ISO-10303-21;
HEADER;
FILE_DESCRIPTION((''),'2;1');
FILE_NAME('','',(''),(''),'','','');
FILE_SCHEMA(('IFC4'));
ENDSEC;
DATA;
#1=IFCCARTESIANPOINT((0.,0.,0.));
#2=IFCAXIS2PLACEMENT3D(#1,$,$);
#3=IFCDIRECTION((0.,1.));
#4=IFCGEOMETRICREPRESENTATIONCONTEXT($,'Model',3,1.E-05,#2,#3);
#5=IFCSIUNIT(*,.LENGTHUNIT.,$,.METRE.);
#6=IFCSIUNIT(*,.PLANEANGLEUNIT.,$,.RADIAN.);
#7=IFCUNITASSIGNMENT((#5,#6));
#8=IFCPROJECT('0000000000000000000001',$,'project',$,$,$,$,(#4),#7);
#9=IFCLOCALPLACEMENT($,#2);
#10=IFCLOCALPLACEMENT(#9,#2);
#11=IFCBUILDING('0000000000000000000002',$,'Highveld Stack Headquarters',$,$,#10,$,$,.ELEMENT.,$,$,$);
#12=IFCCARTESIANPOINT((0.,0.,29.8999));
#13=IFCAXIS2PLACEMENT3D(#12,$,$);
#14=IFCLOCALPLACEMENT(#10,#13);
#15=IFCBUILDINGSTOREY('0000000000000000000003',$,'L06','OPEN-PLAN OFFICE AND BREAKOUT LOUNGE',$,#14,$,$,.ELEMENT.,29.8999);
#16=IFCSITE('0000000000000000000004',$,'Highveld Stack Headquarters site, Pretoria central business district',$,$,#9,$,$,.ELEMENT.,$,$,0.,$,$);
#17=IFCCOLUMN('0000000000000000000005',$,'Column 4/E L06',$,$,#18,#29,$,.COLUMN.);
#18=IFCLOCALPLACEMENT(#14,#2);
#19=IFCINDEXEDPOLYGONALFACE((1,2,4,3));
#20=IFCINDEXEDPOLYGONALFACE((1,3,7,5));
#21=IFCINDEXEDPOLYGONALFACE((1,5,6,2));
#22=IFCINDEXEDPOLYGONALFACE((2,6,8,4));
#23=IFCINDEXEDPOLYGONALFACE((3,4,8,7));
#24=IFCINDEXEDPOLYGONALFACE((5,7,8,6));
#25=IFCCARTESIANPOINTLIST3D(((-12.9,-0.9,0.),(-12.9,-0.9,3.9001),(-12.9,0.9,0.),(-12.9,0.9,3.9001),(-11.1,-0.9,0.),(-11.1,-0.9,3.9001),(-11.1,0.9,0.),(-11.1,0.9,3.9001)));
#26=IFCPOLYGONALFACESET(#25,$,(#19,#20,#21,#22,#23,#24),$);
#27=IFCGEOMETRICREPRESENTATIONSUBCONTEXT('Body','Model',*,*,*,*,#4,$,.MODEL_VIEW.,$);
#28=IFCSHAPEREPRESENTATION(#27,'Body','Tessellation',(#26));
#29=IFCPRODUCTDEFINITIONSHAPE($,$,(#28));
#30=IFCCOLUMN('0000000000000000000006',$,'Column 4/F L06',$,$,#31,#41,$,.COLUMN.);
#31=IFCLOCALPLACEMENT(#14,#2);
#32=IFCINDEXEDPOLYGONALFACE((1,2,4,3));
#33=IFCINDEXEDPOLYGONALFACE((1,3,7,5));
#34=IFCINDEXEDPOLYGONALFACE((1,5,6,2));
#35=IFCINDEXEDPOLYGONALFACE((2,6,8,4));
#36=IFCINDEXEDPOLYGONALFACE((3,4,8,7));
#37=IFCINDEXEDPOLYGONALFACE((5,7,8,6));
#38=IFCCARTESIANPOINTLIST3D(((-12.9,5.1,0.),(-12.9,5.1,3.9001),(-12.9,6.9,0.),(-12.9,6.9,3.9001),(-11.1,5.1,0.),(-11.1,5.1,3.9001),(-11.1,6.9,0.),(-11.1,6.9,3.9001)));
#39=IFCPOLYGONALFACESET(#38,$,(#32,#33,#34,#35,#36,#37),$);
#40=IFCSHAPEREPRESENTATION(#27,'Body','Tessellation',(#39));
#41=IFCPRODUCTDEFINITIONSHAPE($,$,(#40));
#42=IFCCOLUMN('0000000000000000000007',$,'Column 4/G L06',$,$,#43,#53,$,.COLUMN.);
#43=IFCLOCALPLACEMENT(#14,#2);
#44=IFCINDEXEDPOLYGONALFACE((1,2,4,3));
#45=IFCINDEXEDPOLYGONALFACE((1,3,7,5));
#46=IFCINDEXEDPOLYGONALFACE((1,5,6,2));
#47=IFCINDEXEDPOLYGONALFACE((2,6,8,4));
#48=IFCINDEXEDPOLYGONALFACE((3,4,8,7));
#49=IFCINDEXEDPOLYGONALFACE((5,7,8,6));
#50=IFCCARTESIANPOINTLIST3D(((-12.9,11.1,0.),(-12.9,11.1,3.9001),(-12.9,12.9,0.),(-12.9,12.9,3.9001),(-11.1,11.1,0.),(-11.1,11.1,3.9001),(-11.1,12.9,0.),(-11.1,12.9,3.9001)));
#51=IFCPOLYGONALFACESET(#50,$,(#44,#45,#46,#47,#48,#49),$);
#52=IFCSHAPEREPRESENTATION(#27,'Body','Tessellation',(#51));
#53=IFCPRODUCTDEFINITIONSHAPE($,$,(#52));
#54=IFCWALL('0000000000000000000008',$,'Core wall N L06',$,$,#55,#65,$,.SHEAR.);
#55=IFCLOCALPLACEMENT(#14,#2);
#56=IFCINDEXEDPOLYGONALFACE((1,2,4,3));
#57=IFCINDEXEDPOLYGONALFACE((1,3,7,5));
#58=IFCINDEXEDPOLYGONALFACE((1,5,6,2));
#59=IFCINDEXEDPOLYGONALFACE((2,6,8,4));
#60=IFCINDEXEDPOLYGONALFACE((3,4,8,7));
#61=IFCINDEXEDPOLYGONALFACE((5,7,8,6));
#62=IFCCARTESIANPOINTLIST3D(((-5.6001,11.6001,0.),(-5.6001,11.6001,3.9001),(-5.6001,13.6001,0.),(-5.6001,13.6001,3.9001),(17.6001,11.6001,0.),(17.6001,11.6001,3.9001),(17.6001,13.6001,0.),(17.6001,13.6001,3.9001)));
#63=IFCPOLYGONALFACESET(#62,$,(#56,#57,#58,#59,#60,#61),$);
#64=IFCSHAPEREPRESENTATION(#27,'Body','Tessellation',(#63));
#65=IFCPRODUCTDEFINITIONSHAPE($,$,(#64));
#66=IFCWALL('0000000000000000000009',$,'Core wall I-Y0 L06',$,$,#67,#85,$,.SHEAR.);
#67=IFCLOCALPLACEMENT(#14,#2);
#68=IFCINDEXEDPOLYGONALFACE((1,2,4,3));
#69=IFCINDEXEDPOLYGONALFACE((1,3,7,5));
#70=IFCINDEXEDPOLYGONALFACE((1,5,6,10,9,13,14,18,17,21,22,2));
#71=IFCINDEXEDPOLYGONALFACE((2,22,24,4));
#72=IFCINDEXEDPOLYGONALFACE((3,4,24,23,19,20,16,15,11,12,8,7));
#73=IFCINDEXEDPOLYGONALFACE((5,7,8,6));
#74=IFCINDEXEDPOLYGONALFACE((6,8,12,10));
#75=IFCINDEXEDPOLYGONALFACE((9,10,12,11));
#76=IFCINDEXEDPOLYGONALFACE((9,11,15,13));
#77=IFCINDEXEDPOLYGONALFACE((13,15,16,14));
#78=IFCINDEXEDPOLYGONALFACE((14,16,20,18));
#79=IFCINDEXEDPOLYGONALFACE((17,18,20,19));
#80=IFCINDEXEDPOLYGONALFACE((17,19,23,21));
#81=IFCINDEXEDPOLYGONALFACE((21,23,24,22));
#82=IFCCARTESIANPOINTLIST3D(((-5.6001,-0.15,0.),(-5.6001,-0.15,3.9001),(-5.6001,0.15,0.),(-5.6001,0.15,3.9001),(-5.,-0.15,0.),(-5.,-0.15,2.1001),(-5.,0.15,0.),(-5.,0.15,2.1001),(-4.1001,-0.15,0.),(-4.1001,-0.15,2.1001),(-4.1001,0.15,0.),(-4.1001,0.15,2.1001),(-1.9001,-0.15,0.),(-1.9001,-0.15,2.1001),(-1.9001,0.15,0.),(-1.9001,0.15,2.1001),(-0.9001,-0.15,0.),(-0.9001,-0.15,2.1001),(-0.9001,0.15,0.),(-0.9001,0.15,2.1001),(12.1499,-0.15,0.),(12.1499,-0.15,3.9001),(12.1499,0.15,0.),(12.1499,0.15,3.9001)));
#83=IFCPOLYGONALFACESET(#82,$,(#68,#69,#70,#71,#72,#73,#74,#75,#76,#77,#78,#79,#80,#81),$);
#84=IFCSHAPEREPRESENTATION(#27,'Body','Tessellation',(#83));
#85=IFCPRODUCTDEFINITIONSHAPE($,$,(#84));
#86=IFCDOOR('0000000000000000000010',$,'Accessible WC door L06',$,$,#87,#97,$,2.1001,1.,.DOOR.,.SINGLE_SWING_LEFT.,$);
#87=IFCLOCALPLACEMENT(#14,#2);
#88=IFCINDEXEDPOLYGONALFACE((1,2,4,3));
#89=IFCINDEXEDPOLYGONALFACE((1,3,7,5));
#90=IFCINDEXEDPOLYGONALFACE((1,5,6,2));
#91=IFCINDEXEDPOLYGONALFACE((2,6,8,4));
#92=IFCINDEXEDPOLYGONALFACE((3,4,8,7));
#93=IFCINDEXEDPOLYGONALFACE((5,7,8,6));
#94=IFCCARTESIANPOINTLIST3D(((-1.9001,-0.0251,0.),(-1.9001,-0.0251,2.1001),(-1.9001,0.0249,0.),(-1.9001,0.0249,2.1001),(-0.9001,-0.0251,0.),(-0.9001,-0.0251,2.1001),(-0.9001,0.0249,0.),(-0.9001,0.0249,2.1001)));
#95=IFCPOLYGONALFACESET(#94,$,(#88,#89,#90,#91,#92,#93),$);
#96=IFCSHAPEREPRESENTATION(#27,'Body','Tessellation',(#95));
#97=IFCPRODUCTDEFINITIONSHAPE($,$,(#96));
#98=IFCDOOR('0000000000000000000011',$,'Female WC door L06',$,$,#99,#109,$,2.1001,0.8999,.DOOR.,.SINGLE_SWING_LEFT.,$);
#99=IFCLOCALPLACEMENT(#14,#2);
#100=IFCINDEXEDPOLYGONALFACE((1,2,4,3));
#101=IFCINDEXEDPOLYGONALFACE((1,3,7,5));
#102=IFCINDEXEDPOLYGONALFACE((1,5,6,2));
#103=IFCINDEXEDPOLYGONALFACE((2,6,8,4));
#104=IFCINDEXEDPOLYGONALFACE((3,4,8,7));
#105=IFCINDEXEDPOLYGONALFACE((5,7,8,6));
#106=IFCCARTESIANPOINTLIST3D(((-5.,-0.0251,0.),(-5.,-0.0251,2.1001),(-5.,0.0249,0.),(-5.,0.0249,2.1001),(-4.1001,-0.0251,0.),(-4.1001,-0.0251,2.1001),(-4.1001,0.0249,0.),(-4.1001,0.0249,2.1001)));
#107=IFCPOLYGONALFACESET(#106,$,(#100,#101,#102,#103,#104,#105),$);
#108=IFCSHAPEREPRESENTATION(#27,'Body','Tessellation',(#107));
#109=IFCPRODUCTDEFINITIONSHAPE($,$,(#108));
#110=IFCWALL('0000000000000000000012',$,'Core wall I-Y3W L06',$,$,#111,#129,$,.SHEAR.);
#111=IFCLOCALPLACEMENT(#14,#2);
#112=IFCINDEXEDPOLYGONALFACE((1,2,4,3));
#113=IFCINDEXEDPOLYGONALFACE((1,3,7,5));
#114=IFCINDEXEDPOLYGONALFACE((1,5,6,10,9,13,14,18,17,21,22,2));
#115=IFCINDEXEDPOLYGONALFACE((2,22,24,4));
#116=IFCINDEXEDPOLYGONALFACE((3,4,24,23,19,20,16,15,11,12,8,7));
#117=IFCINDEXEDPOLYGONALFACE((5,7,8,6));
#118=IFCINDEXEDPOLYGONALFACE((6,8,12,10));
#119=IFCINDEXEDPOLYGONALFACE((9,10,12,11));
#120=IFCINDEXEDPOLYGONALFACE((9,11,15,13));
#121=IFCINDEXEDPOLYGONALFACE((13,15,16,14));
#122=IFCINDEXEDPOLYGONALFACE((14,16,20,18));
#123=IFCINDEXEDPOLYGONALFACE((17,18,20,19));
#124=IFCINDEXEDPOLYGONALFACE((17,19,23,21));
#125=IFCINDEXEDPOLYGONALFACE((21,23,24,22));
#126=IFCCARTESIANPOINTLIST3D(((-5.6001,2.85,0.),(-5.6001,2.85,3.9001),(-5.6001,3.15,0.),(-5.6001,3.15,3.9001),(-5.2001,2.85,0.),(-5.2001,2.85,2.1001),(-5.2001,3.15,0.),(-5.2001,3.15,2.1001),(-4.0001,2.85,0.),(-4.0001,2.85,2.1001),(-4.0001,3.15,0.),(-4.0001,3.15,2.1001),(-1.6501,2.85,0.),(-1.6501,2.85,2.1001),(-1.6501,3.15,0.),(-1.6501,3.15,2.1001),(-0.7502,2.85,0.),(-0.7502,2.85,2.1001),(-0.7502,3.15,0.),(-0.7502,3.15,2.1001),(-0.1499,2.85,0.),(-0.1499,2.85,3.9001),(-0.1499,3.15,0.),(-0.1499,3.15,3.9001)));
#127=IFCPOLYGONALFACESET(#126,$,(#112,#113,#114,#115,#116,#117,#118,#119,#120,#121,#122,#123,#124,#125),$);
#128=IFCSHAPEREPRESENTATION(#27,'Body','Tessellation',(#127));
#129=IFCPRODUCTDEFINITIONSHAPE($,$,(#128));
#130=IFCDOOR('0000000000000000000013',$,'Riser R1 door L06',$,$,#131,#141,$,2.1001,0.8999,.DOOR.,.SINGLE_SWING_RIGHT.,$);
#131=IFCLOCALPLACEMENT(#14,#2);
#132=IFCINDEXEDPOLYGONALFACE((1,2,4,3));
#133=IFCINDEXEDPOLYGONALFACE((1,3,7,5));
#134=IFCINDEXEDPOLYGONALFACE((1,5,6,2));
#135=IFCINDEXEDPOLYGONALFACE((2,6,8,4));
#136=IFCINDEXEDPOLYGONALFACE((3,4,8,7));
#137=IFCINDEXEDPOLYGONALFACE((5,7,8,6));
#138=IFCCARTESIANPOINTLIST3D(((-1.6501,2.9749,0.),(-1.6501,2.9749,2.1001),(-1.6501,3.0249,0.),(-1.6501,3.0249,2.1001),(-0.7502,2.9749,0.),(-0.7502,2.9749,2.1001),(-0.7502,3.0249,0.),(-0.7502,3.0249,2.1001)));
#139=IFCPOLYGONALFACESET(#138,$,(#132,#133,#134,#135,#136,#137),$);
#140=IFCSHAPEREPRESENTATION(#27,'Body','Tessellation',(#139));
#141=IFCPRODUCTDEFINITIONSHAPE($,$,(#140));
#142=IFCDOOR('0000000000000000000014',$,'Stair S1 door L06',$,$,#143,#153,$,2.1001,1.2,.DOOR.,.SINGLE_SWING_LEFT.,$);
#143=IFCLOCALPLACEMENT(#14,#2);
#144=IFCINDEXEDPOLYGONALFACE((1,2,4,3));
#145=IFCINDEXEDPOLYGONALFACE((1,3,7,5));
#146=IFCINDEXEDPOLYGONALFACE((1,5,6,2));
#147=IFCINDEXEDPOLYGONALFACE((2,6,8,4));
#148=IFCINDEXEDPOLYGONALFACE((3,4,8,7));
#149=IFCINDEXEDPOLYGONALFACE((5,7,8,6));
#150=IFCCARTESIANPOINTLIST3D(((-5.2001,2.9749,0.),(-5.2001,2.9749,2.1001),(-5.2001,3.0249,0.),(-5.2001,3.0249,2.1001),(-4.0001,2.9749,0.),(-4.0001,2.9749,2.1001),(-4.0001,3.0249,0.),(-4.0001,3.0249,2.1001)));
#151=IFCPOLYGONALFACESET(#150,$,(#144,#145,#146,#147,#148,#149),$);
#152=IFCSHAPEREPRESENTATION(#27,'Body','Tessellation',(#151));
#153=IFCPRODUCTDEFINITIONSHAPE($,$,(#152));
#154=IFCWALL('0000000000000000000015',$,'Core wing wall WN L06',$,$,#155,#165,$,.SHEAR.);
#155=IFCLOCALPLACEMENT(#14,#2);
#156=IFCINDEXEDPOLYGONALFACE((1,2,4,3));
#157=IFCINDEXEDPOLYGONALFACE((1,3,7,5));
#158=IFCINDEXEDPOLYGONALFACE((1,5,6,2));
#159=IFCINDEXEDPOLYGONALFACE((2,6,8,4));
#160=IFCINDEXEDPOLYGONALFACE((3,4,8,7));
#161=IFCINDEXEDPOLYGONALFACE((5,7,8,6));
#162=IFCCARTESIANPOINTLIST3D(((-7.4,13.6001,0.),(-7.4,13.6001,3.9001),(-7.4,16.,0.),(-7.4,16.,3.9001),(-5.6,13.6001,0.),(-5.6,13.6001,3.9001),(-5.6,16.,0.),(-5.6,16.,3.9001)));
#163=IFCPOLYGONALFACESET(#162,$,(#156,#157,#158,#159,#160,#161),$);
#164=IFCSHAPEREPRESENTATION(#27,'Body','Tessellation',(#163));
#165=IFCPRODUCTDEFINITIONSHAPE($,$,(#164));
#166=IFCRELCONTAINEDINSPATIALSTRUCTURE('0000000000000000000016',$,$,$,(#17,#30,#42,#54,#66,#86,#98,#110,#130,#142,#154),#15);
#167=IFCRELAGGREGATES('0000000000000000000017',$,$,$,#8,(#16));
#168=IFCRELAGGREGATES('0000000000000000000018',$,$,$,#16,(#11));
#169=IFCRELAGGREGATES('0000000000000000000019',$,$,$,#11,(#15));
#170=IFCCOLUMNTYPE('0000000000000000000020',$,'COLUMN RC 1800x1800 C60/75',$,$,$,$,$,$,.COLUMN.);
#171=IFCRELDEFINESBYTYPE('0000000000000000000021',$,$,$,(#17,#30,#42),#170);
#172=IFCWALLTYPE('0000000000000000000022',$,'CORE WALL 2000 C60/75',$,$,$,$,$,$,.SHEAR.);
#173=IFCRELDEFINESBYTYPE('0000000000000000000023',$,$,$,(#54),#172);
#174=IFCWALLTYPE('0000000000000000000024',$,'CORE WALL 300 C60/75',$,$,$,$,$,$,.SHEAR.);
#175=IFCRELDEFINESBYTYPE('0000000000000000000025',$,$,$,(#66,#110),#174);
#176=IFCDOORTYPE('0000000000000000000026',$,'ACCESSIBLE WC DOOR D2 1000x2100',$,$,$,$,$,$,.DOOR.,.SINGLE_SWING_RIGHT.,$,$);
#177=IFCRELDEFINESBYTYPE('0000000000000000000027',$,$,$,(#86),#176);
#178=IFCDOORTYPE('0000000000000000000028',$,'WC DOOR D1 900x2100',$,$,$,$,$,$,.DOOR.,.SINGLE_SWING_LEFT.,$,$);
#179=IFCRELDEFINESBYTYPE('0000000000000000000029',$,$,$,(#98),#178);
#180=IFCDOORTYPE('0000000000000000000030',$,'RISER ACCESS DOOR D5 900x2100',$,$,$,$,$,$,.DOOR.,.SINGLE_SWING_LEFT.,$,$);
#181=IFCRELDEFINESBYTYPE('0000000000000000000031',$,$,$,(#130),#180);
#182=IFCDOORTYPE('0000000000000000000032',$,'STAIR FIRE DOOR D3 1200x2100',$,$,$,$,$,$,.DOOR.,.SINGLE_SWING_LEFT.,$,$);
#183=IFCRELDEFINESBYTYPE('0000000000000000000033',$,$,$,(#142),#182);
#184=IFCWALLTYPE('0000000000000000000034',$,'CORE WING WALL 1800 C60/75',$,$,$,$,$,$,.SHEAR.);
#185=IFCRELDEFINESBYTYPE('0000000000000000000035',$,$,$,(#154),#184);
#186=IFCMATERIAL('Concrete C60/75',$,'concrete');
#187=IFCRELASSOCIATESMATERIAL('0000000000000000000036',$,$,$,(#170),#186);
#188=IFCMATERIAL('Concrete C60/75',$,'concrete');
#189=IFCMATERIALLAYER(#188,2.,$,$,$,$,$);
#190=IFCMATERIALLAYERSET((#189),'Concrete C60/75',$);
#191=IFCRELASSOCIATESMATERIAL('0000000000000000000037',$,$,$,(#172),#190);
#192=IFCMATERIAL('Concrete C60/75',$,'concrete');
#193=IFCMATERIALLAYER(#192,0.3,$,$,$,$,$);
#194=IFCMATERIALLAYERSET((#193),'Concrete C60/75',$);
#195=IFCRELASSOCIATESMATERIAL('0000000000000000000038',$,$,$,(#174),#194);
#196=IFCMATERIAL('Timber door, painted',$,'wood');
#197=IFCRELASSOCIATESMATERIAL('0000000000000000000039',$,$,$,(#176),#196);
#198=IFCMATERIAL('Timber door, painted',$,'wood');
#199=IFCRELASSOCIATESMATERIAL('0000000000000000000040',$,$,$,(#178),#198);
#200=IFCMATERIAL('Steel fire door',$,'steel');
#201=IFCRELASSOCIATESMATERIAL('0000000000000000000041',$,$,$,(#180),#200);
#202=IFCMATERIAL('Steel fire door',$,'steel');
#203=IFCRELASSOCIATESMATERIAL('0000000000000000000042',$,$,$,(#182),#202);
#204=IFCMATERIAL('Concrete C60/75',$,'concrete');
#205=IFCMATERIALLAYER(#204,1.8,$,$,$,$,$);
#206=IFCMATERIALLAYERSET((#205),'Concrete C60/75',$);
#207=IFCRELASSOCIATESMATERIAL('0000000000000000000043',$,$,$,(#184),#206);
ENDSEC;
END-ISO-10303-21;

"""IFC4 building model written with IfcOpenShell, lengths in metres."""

from ifc_helpers import new_model, si_unit, direction, frame, frame_2d, origin, origin_2d, place, context, subcontext, project, spatial, rectangle, extrude, material, layer, layer_set, material_profile, profile_set, type_object, element, fill, save


model = new_model("IFC4")

# Units and contexts
model_context = context("Model", 3, precision=1e-05, world=origin(), true_north=direction((0.0, 1.0)))
body_context = subcontext(model_context, "Body", "Model", "MODEL_VIEW")
ifc_project = project(units=[si_unit("LENGTHUNIT", "METRE"), si_unit("PLANEANGLEUNIT", "RADIAN")], contexts=[model_context])

# Site, building, storey
site_placement = place(None, origin())
site = spatial("IfcSite", under=ifc_project, at=site_placement, Name="Highveld Stack Headquarters site, Pretoria central business district", CompositionType="ELEMENT", RefElevation=0.0)
building_placement = place(site_placement, origin())
building = spatial("IfcBuilding", under=site, at=building_placement, Name="Highveld Stack Headquarters", CompositionType="ELEMENT")
storey_placement = place(building_placement, frame((0.0, 0.0, 29.8999)))
storey = spatial("IfcBuildingStorey", under=building, at=storey_placement, Name="L06", Description="OPEN-PLAN OFFICE AND BREAKOUT LOUNGE", CompositionType="ELEMENT", Elevation=29.8999)

# Columns
ifc_material_1 = material(Name="Concrete C60/75", Category="concrete")
ifc_material_profile = material_profile(ifc_material_1, rectangle(XDim=1.8, YDim=1.8, at=origin_2d()), Name="RC 1800x1800")
ifc_profile_set = profile_set([ifc_material_profile], Name="Concrete C60/75")
column_type = type_object("IfcColumnType", Name="COLUMN RC 1800x1800 C60/75", PredefinedType="COLUMN", material=ifc_profile_set)
for number, where, z_axis, x_axis, name in (
    (1, (-12.0, 0.0, 0.0), (0.0, 0.0, 1.0), (1.0, 0.0, 0.0), "Column 4/E L06"),
    (2, (-12.0, 6.0, 0.0), (0.0, 0.0, 1.0), (1.0, 0.0, 0.0), "Column 4/F L06"),
    (3, (-12.0, 12.0, 0.0), (0.0, 0.0, 1.0), (1.0, 0.0, 0.0), "Column 4/G L06"),
):
    element("IfcColumn", number, at=place(storey_placement, frame(where, z_axis=z_axis, x_axis=x_axis)), inside=storey, type_object=column_type, Name=name, PredefinedType="COLUMN", context=body_context, shape_type="SweptSolid", body=[
        extrude(rectangle(XDim=1.8, YDim=1.8, at=origin_2d()), origin(), (0.0, 0.0, 1.0), 3.9001),
    ])

# Wall
ifc_material_2 = material(Name="Concrete C60/75", Category="concrete")
ifc_layer_1 = layer(ifc_material_2, 2.0)
ifc_layer_set_1 = layer_set([ifc_layer_1], Name="Concrete C60/75")
wall_type_1 = type_object("IfcWallType", Name="CORE WALL 2000 C60/75", PredefinedType="SHEAR", material=ifc_layer_set_1)
wall_1_placement = place(storey_placement, frame((-5.6001, 12.6001, 0.0), z_axis=(0.0, 0.0, 1.0), x_axis=(1.0, 0.0, 0.0)))
element("IfcWall", 4, at=wall_1_placement, inside=storey, type_object=wall_type_1, Name="Core wall N L06", PredefinedType="SHEAR", context=body_context, shape_type="SweptSolid", body=[
    extrude(rectangle(XDim=23.2002, YDim=2.0, at=frame_2d((11.6001, 0.0))), origin(), (0.0, 0.0, 1.0), 3.9001),
])

# Walls, openings, doors
ifc_material_3 = material(Name="Concrete C60/75", Category="concrete")
ifc_layer_2 = layer(ifc_material_3, 0.3)
ifc_layer_set_2 = layer_set([ifc_layer_2], Name="Concrete C60/75")
wall_type_2 = type_object("IfcWallType", Name="CORE WALL 300 C60/75", PredefinedType="SHEAR", material=ifc_layer_set_2)
wall_2_placement = place(storey_placement, frame((-5.6001, 0.0, 0.0), z_axis=(0.0, 0.0, 1.0), x_axis=(1.0, 0.0, 0.0)))
wall_2 = element("IfcWall", 5, at=wall_2_placement, inside=storey, type_object=wall_type_2, Name="Core wall I-Y0 L06", PredefinedType="SHEAR", context=body_context, shape_type="SweptSolid", body=[
    extrude(rectangle(XDim=17.75, YDim=0.3, at=frame_2d((8.875, 0.0))), origin(), (0.0, 0.0, 1.0), 3.9001),
])
opening_1_placement = place(wall_2_placement, frame((0.6001, 0.0, 0.0)))
opening_1 = element("IfcOpeningElement", 6, at=opening_1_placement, cuts=wall_2, PredefinedType="OPENING", context=body_context, shape_type="SweptSolid", body=[
    extrude(rectangle(XDim=0.8999, YDim=2.1001, at=frame_2d((0.45, 1.05))), frame((0.0, 0.1599, 0.0), z_axis=(0.0, -1.0, 0.0), x_axis=(1.0, 0.0, 0.0)), (0.0, 0.0, 1.0), 0.3201),
])
opening_2_placement = place(wall_2_placement, frame((3.7, 0.0, 0.0)))
opening_2 = element("IfcOpeningElement", 7, at=opening_2_placement, cuts=wall_2, PredefinedType="OPENING", context=body_context, shape_type="SweptSolid", body=[
    extrude(rectangle(XDim=1.0, YDim=2.1001, at=frame_2d((0.5, 1.05))), frame((0.0, 0.1599, 0.0), z_axis=(0.0, -1.0, 0.0), x_axis=(1.0, 0.0, 0.0)), (0.0, 0.0, 1.0), 0.3201),
])
ifc_material_4 = material(Name="Timber door, painted", Category="wood")
door_type_1 = type_object("IfcDoorType", Name="ACCESSIBLE WC DOOR D2 1000x2100", OperationType="SINGLE_SWING_RIGHT", PredefinedType="DOOR", material=ifc_material_4)
door_1_placement = place(opening_2_placement, origin())
door_1 = element("IfcDoor", 8, at=door_1_placement, inside=storey, type_object=door_type_1, Name="Accessible WC door L06", OperationType="SINGLE_SWING_LEFT", OverallHeight=2.1001, OverallWidth=1.0, PredefinedType="DOOR", context=body_context, shape_type="SweptSolid", body=[
    extrude(rectangle(XDim=1.0, YDim=2.1001, at=frame_2d((0.5, 1.05))), frame((0.0, 0.0249, 0.0), z_axis=(0.0, -1.0, 0.0), x_axis=(1.0, 0.0, 0.0)), (0.0, 0.0, 1.0), 0.05),
])
fill(opening_2, door_1)
ifc_material_5 = material(Name="Timber door, painted", Category="wood")
door_type_2 = type_object("IfcDoorType", Name="WC DOOR D1 900x2100", OperationType="SINGLE_SWING_LEFT", PredefinedType="DOOR", material=ifc_material_5)
door_2_placement = place(opening_1_placement, origin())
door_2 = element("IfcDoor", 9, at=door_2_placement, inside=storey, type_object=door_type_2, Name="Female WC door L06", OperationType="SINGLE_SWING_LEFT", OverallHeight=2.1001, OverallWidth=0.8999, PredefinedType="DOOR", context=body_context, shape_type="SweptSolid", body=[
    extrude(rectangle(XDim=0.8999, YDim=2.1001, at=frame_2d((0.45, 1.05))), frame((0.0, 0.0249, 0.0), z_axis=(0.0, -1.0, 0.0), x_axis=(1.0, 0.0, 0.0)), (0.0, 0.0, 1.0), 0.05),
])
fill(opening_1, door_2)
wall_3_placement = place(storey_placement, frame((-5.6001, 3.0, 0.0), z_axis=(0.0, 0.0, 1.0), x_axis=(1.0, 0.0, 0.0)))
wall_3 = element("IfcWall", 10, at=wall_3_placement, inside=storey, type_object=wall_type_2, Name="Core wall I-Y3W L06", PredefinedType="SHEAR", context=body_context, shape_type="SweptSolid", body=[
    extrude(rectangle(XDim=5.4502, YDim=0.3, at=frame_2d((2.7251, 0.0))), origin(), (0.0, 0.0, 1.0), 3.9001),
])
opening_3_placement = place(wall_3_placement, frame((0.3999, 0.0, 0.0)))
opening_3 = element("IfcOpeningElement", 11, at=opening_3_placement, cuts=wall_3, PredefinedType="OPENING", context=body_context, shape_type="SweptSolid", body=[
    extrude(rectangle(XDim=1.2, YDim=2.1001, at=frame_2d((0.6001, 1.05))), frame((0.0, 0.1599, 0.0), z_axis=(0.0, -1.0, 0.0), x_axis=(1.0, 0.0, 0.0)), (0.0, 0.0, 1.0), 0.3201),
])
opening_4_placement = place(wall_3_placement, frame((3.95, 0.0, 0.0)))
opening_4 = element("IfcOpeningElement", 12, at=opening_4_placement, cuts=wall_3, PredefinedType="OPENING", context=body_context, shape_type="SweptSolid", body=[
    extrude(rectangle(XDim=0.8999, YDim=2.1001, at=frame_2d((0.45, 1.05))), frame((0.0, 0.1599, 0.0), z_axis=(0.0, -1.0, 0.0), x_axis=(1.0, 0.0, 0.0)), (0.0, 0.0, 1.0), 0.3201),
])
ifc_material_6 = material(Name="Steel fire door", Category="steel")
door_type_3 = type_object("IfcDoorType", Name="RISER ACCESS DOOR D5 900x2100", OperationType="SINGLE_SWING_LEFT", PredefinedType="DOOR", material=ifc_material_6)
door_3_placement = place(opening_4_placement, origin())
door_3 = element("IfcDoor", 13, at=door_3_placement, inside=storey, type_object=door_type_3, Name="Riser R1 door L06", OperationType="SINGLE_SWING_RIGHT", OverallHeight=2.1001, OverallWidth=0.8999, PredefinedType="DOOR", context=body_context, shape_type="SweptSolid", body=[
    extrude(rectangle(XDim=0.8999, YDim=2.1001, at=frame_2d((0.45, 1.05))), frame((0.0, 0.0249, 0.0), z_axis=(0.0, -1.0, 0.0), x_axis=(1.0, 0.0, 0.0)), (0.0, 0.0, 1.0), 0.05),
])
fill(opening_4, door_3)
ifc_material_7 = material(Name="Steel fire door", Category="steel")
door_type_4 = type_object("IfcDoorType", Name="STAIR FIRE DOOR D3 1200x2100", OperationType="SINGLE_SWING_LEFT", PredefinedType="DOOR", material=ifc_material_7)
door_4_placement = place(opening_3_placement, origin())
door_4 = element("IfcDoor", 14, at=door_4_placement, inside=storey, type_object=door_type_4, Name="Stair S1 door L06", OperationType="SINGLE_SWING_LEFT", OverallHeight=2.1001, OverallWidth=1.2, PredefinedType="DOOR", context=body_context, shape_type="SweptSolid", body=[
    extrude(rectangle(XDim=1.2, YDim=2.1001, at=frame_2d((0.6001, 1.05))), frame((0.0, 0.0249, 0.0), z_axis=(0.0, -1.0, 0.0), x_axis=(1.0, 0.0, 0.0)), (0.0, 0.0, 1.0), 0.05),
])
fill(opening_3, door_4)

# Wall
ifc_material_8 = material(Name="Concrete C60/75", Category="concrete")
ifc_layer_3 = layer(ifc_material_8, 1.8)
ifc_layer_set_3 = layer_set([ifc_layer_3], Name="Concrete C60/75")
wall_type_3 = type_object("IfcWallType", Name="CORE WING WALL 1800 C60/75", PredefinedType="SHEAR", material=ifc_layer_set_3)
wall_4_placement = place(storey_placement, frame((-6.5, 13.6001, 0.0), z_axis=(0.0, 0.0, 1.0), x_axis=(0.0, 1.0, 0.0)))
element("IfcWall", 15, at=wall_4_placement, inside=storey, type_object=wall_type_3, Name="Core wing wall WN L06", PredefinedType="SHEAR", context=body_context, shape_type="SweptSolid", body=[
    extrude(rectangle(XDim=2.3999, YDim=1.8, at=frame_2d((1.2, 0.0))), origin(), (0.0, 0.0, 1.0), 3.9001),
])

save(model, "model.ifc")
